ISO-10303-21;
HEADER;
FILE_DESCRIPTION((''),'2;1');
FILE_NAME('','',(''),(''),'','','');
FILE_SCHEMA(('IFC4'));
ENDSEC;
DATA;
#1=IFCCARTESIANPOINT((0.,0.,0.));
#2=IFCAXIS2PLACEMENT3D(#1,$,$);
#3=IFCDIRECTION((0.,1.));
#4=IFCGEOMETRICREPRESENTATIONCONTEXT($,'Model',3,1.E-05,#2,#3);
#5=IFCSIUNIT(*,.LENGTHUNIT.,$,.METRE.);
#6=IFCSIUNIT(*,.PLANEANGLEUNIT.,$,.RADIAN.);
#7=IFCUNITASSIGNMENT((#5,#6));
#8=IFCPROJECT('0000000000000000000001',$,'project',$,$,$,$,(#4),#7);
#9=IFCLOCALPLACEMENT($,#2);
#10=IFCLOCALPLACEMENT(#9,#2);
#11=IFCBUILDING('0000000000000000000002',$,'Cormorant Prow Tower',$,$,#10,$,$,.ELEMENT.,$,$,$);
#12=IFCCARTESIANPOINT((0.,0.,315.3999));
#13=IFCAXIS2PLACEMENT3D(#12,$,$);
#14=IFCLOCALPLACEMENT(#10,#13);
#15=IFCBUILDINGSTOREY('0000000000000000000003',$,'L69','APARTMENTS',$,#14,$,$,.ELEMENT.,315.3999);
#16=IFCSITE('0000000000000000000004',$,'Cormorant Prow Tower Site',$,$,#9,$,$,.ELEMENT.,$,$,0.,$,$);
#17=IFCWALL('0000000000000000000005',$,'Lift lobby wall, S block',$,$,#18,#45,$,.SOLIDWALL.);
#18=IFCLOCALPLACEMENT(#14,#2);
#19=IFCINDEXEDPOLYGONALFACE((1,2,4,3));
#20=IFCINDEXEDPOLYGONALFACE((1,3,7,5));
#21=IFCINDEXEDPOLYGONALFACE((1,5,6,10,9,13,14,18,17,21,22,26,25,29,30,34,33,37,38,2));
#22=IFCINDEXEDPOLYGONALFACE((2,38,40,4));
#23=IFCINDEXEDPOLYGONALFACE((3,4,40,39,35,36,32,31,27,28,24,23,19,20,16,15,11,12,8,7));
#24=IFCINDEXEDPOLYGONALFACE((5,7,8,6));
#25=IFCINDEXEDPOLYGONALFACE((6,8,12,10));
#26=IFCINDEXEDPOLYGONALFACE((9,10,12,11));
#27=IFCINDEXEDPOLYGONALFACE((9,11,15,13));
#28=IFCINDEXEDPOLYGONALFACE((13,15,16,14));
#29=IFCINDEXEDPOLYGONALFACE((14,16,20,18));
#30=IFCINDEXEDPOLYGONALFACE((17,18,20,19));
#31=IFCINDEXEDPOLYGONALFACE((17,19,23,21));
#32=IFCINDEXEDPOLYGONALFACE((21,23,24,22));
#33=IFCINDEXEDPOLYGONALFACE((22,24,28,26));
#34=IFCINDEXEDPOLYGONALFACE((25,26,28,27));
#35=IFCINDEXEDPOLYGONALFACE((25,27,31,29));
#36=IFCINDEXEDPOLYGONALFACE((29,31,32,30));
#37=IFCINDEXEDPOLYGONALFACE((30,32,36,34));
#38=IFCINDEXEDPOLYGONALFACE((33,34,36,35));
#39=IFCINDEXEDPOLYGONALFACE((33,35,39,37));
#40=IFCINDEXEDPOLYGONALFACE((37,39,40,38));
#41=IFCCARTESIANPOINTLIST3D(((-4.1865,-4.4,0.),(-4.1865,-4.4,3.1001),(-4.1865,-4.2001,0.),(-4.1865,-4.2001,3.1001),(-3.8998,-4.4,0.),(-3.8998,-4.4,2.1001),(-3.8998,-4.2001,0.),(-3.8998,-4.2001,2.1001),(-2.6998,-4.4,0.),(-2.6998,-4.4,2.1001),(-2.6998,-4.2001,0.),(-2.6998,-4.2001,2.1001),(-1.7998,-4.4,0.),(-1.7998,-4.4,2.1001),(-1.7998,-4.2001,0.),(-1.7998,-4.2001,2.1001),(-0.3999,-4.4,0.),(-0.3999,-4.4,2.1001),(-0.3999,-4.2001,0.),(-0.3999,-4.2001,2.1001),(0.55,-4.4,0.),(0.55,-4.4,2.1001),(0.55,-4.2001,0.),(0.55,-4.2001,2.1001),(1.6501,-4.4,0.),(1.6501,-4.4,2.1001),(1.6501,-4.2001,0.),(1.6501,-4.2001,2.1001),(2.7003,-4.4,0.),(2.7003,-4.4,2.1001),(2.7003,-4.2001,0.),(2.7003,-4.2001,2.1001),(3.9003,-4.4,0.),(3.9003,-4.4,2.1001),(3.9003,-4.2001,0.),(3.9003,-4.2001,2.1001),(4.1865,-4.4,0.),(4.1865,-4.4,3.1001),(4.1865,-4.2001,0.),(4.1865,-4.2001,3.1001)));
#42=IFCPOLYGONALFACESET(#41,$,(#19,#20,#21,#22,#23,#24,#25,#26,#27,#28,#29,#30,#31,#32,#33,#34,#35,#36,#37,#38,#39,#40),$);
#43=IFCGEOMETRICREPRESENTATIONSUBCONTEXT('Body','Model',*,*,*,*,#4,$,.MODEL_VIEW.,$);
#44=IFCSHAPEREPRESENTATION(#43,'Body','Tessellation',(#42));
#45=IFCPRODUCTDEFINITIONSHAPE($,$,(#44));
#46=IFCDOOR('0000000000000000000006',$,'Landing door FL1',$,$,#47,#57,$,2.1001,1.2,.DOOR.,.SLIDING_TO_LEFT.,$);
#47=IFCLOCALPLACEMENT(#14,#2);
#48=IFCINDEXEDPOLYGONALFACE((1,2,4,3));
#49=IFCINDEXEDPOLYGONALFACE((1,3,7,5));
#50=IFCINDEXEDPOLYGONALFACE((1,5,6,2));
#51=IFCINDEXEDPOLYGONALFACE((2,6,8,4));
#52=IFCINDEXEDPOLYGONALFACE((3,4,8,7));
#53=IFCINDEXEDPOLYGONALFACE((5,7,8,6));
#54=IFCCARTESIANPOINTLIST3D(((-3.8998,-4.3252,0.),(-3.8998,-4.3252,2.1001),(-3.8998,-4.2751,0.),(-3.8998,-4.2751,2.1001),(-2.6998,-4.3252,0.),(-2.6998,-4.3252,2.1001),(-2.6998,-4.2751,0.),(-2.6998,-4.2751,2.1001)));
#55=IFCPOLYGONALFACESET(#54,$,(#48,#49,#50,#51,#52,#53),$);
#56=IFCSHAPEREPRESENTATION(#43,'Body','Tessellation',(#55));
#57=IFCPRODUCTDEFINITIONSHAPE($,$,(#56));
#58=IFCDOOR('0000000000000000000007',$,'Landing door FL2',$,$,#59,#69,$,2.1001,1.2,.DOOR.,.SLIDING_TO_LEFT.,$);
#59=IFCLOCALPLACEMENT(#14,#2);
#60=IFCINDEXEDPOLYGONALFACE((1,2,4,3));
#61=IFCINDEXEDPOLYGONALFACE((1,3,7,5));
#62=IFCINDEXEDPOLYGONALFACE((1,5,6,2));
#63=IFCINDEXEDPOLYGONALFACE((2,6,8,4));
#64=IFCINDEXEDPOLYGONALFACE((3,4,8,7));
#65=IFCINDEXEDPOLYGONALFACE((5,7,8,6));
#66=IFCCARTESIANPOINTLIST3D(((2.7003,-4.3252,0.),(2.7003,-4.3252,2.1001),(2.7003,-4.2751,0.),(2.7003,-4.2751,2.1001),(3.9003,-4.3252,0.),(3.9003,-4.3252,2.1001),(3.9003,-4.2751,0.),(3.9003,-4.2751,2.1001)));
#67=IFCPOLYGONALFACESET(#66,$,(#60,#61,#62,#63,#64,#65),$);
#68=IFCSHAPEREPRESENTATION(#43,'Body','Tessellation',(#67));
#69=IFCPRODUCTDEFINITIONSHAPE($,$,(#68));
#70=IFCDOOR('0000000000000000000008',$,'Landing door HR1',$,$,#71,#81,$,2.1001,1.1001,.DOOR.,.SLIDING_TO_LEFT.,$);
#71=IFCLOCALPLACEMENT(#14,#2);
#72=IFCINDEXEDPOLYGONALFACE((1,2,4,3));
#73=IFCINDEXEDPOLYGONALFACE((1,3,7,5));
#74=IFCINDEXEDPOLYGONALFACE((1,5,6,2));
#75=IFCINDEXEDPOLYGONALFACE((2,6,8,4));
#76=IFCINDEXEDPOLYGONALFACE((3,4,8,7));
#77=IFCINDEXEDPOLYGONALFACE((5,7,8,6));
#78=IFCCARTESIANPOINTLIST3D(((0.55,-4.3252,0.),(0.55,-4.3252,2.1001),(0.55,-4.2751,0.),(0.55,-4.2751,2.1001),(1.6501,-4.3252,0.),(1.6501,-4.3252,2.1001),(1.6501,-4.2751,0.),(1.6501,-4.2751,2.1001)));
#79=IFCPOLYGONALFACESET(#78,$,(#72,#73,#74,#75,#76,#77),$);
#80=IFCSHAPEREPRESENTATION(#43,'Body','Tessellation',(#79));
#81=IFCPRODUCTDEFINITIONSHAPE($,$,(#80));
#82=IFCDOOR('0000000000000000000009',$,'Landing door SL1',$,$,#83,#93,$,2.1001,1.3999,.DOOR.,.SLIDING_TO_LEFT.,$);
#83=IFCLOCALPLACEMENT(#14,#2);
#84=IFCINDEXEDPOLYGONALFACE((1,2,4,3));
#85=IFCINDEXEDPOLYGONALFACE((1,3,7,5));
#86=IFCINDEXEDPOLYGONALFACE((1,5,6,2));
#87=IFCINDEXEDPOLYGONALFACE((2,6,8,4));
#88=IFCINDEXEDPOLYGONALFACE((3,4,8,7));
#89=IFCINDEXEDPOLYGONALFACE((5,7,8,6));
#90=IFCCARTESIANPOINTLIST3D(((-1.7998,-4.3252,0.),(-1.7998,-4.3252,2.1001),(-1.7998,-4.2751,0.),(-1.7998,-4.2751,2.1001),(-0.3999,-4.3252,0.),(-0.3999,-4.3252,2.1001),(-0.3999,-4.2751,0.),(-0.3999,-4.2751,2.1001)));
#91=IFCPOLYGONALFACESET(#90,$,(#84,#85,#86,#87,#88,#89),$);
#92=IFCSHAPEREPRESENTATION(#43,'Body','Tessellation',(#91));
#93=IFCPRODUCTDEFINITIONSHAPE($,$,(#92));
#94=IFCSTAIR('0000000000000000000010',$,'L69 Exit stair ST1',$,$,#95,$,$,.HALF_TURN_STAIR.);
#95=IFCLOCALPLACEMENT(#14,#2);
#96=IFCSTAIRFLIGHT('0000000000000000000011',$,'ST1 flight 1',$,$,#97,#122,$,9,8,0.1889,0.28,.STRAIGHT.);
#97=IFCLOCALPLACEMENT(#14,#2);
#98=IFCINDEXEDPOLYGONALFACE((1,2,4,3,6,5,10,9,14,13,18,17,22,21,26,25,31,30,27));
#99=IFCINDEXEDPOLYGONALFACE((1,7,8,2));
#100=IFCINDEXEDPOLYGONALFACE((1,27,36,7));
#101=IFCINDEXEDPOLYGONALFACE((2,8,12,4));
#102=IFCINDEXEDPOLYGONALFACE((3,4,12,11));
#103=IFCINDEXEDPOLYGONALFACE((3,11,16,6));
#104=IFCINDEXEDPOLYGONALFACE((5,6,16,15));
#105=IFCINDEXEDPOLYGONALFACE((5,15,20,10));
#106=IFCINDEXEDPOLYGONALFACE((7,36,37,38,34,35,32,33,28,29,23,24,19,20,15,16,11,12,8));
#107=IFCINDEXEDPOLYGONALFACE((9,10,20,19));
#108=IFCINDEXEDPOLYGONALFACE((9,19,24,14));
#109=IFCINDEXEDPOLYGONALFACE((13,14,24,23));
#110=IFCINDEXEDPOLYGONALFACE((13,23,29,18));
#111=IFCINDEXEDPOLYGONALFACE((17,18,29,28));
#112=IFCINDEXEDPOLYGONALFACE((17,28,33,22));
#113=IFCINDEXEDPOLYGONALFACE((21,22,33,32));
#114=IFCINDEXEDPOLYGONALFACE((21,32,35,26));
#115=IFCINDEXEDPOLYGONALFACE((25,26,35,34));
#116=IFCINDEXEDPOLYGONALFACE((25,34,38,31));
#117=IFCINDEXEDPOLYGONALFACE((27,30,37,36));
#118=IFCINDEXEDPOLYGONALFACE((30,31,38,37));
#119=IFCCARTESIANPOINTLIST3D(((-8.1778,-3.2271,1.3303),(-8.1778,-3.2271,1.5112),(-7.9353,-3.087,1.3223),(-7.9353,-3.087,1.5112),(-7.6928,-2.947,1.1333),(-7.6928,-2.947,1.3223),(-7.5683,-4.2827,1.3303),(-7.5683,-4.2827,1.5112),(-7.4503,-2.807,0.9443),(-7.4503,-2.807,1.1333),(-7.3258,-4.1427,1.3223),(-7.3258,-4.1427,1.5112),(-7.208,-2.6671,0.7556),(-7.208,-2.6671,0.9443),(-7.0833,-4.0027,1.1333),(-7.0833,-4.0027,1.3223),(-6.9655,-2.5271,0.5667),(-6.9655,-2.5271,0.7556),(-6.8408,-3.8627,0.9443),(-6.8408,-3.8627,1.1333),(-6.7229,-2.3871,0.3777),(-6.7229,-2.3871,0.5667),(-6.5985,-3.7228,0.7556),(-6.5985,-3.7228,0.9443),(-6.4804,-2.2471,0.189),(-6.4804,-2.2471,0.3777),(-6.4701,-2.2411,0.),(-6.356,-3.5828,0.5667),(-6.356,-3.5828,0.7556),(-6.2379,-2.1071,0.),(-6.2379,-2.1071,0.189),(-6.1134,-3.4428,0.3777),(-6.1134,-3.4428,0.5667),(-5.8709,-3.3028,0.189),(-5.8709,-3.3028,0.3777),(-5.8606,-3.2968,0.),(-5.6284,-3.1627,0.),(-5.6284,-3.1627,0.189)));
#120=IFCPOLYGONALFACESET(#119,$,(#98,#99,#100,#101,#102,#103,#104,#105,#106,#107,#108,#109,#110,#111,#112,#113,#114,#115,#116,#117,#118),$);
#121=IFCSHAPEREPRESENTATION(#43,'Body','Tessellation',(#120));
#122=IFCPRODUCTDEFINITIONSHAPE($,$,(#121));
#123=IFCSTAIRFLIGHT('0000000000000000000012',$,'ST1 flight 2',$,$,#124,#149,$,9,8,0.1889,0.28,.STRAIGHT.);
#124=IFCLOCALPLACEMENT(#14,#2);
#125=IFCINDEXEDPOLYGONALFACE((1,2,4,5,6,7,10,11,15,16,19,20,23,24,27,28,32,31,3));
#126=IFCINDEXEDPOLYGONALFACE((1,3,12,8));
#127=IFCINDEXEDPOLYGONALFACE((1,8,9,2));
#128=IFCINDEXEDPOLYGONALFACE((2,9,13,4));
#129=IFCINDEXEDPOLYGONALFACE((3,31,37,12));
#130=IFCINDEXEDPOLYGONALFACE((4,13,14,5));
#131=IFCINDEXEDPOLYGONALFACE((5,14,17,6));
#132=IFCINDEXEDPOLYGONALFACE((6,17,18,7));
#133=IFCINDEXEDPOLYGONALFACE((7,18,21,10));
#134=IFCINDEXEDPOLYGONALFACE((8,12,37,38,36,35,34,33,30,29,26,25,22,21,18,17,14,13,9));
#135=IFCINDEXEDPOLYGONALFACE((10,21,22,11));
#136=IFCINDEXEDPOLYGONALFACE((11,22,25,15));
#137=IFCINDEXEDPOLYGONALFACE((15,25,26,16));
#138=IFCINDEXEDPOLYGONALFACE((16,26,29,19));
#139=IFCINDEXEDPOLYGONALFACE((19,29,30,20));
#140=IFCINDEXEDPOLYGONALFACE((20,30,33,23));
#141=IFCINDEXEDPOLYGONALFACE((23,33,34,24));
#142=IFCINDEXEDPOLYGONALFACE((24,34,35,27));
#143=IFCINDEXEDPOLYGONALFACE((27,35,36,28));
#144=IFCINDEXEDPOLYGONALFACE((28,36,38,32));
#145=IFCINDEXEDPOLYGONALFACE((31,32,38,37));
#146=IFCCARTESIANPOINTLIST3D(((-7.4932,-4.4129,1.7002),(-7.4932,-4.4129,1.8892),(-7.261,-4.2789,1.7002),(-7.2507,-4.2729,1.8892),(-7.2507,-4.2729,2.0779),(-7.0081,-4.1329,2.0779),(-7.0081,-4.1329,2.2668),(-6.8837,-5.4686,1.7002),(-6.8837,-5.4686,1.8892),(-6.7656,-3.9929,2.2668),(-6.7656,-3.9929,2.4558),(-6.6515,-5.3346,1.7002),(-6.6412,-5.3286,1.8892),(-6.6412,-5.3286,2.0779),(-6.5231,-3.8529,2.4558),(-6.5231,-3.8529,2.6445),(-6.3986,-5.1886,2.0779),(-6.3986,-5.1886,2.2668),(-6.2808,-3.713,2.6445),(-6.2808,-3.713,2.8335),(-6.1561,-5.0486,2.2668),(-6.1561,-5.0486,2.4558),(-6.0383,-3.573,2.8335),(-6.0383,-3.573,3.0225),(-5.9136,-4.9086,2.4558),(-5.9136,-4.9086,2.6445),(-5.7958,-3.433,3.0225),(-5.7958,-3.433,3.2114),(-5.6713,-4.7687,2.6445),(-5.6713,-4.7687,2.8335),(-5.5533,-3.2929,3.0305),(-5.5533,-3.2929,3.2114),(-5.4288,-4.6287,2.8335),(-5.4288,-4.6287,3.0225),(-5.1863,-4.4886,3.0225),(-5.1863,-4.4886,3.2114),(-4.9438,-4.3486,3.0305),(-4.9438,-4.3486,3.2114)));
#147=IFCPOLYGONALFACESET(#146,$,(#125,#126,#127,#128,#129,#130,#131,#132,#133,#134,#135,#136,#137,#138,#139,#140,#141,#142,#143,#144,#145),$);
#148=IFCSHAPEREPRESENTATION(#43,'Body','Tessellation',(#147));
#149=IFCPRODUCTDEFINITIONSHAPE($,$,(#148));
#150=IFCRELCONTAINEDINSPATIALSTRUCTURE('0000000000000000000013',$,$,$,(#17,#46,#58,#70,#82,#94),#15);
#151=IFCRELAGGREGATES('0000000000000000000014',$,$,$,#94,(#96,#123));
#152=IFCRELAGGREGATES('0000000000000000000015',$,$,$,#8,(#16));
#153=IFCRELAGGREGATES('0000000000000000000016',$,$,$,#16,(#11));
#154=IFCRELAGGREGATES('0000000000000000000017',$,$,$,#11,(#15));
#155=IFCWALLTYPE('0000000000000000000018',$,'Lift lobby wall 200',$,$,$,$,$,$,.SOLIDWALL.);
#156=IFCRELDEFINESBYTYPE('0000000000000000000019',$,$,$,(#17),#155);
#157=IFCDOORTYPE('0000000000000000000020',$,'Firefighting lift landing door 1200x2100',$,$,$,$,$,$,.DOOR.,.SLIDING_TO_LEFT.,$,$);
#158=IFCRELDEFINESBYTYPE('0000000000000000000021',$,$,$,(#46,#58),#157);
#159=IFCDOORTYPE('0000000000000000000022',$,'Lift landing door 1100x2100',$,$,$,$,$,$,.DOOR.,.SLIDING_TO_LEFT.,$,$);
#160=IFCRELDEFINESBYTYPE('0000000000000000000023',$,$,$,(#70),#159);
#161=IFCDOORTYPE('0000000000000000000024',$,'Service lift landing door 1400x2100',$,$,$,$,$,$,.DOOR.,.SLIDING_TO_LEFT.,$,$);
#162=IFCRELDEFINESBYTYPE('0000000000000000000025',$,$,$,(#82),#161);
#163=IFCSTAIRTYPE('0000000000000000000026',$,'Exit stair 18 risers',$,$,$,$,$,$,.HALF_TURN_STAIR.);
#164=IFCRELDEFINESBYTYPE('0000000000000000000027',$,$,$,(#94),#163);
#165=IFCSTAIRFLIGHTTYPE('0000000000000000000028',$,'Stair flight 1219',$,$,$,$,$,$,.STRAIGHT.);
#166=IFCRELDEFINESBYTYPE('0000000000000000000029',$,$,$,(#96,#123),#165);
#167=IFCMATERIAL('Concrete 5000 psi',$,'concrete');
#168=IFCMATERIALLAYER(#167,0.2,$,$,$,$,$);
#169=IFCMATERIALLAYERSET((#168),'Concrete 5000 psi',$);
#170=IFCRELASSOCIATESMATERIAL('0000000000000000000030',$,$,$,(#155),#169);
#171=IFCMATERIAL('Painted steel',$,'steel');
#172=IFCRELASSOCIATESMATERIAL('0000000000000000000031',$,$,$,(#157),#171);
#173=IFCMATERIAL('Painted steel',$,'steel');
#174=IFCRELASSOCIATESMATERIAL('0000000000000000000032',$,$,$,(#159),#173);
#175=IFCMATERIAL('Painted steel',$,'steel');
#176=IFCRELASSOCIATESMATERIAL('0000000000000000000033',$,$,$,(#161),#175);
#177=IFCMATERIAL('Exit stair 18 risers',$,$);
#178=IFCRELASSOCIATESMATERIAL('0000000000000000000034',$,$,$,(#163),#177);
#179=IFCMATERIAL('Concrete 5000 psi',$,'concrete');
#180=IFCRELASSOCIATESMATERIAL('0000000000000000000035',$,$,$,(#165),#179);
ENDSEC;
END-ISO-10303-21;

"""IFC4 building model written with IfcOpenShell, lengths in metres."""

from ifc_helpers import new_model, si_unit, direction, frame, frame_2d, origin, place, context, subcontext, project, spatial, polyline, rectangle, outline, extrude, material, layer, layer_set, type_object, element, fill, aggregate, save


model = new_model("IFC4")

# Units and contexts
model_context = context("Model", 3, precision=1e-05, world=origin(), true_north=direction((0.0, 1.0)))
body_context = subcontext(model_context, "Body", "Model", "MODEL_VIEW")
ifc_project = project(units=[si_unit("LENGTHUNIT", "METRE"), si_unit("PLANEANGLEUNIT", "RADIAN")], contexts=[model_context])

# Site, building, storey
site_placement = place(None, origin())
site = spatial("IfcSite", under=ifc_project, at=site_placement, Name="Cormorant Prow Tower Site", CompositionType="ELEMENT", RefElevation=0.0)
building_placement = place(site_placement, origin())
building = spatial("IfcBuilding", under=site, at=building_placement, Name="Cormorant Prow Tower", CompositionType="ELEMENT")
storey_placement = place(building_placement, frame((0.0, 0.0, 315.3999)))
storey = spatial("IfcBuildingStorey", under=building, at=storey_placement, Name="L69", Description="APARTMENTS", CompositionType="ELEMENT", Elevation=315.3999)

# Wall, openings, doors
ifc_material_1 = material(Name="Concrete 5000 psi", Category="concrete")
ifc_layer_1 = layer(ifc_material_1, 0.2)
ifc_layer_set_1 = layer_set([ifc_layer_1], Name="Concrete 5000 psi")
wall_type_1 = type_object("IfcWallType", Name="Lift lobby wall 200", PredefinedType="SOLIDWALL", material=ifc_layer_set_1)
wall_1_placement = place(storey_placement, frame((-4.1865, -4.3, 0.0), z_axis=(0.0, 0.0, 1.0), x_axis=(1.0, 0.0, 0.0)))
wall_1 = element("IfcWall", 1, at=wall_1_placement, inside=storey, type_object=wall_type_1, Name="Lift lobby wall, S block", PredefinedType="SOLIDWALL", context=body_context, shape_type="SweptSolid", body=[
    extrude(rectangle(XDim=8.373, YDim=0.2, at=frame_2d((4.1865, 0.0))), origin(), (0.0, 0.0, 1.0), 3.1001),
])
opening_1_placement = place(wall_1_placement, frame((0.2866, 0.0, 0.0)))
opening_1 = element("IfcOpeningElement", 2, at=opening_1_placement, cuts=wall_1, PredefinedType="OPENING", context=body_context, shape_type="SweptSolid", body=[
    extrude(rectangle(XDim=1.2, YDim=2.1001, at=frame_2d((0.6001, 1.05))), frame((0.0, 0.1099, 0.0), z_axis=(0.0, -1.0, 0.0), x_axis=(1.0, 0.0, 0.0)), (0.0, 0.0, 1.0), 0.22),
])
opening_2_placement = place(wall_1_placement, frame((2.3867, 0.0, 0.0)))
opening_2 = element("IfcOpeningElement", 3, at=opening_2_placement, cuts=wall_1, PredefinedType="OPENING", context=body_context, shape_type="SweptSolid", body=[
    extrude(rectangle(XDim=1.3999, YDim=2.1001, at=frame_2d((0.7, 1.05))), frame((0.0, 0.1099, 0.0), z_axis=(0.0, -1.0, 0.0), x_axis=(1.0, 0.0, 0.0)), (0.0, 0.0, 1.0), 0.22),
])
opening_3_placement = place(wall_1_placement, frame((4.7366, 0.0, 0.0)))
opening_3 = element("IfcOpeningElement", 4, at=opening_3_placement, cuts=wall_1, PredefinedType="OPENING", context=body_context, shape_type="SweptSolid", body=[
    extrude(rectangle(XDim=1.1001, YDim=2.1001, at=frame_2d((0.55, 1.05))), frame((0.0, 0.1099, 0.0), z_axis=(0.0, -1.0, 0.0), x_axis=(1.0, 0.0, 0.0)), (0.0, 0.0, 1.0), 0.22),
])
opening_4_placement = place(wall_1_placement, frame((6.8867, 0.0, 0.0)))
opening_4 = element("IfcOpeningElement", 5, at=opening_4_placement, cuts=wall_1, PredefinedType="OPENING", context=body_context, shape_type="SweptSolid", body=[
    extrude(rectangle(XDim=1.2, YDim=2.1001, at=frame_2d((0.6001, 1.05))), frame((0.0, 0.1099, 0.0), z_axis=(0.0, -1.0, 0.0), x_axis=(1.0, 0.0, 0.0)), (0.0, 0.0, 1.0), 0.22),
])
ifc_material_2 = material(Name="Painted steel", Category="steel")
door_type_1 = type_object("IfcDoorType", Name="Firefighting lift landing door 1200x2100", OperationType="SLIDING_TO_LEFT", PredefinedType="DOOR", material=ifc_material_2)
door_1_placement = place(opening_1_placement, origin())
door_1 = element("IfcDoor", 6, at=door_1_placement, inside=storey, type_object=door_type_1, Name="Landing door FL1", OperationType="SLIDING_TO_LEFT", OverallHeight=2.1001, OverallWidth=1.2, PredefinedType="DOOR", context=body_context, shape_type="SweptSolid", body=[
    extrude(rectangle(XDim=1.2, YDim=2.1001, at=frame_2d((0.6001, 1.05))), frame((0.0, 0.0249, 0.0), z_axis=(0.0, -1.0, 0.0), x_axis=(1.0, 0.0, 0.0)), (0.0, 0.0, 1.0), 0.05),
])
fill(opening_1, door_1)
door_2_placement = place(opening_4_placement, origin())
door_2 = element("IfcDoor", 7, at=door_2_placement, inside=storey, type_object=door_type_1, Name="Landing door FL2", OperationType="SLIDING_TO_LEFT", OverallHeight=2.1001, OverallWidth=1.2, PredefinedType="DOOR", context=body_context, shape_type="SweptSolid", body=[
    extrude(rectangle(XDim=1.2, YDim=2.1001, at=frame_2d((0.6001, 1.05))), frame((0.0, 0.0249, 0.0), z_axis=(0.0, -1.0, 0.0), x_axis=(1.0, 0.0, 0.0)), (0.0, 0.0, 1.0), 0.05),
])
fill(opening_4, door_2)
ifc_material_3 = material(Name="Painted steel", Category="steel")
door_type_2 = type_object("IfcDoorType", Name="Lift landing door 1100x2100", OperationType="SLIDING_TO_LEFT", PredefinedType="DOOR", material=ifc_material_3)
door_3_placement = place(opening_3_placement, origin())
door_3 = element("IfcDoor", 8, at=door_3_placement, inside=storey, type_object=door_type_2, Name="Landing door HR1", OperationType="SLIDING_TO_LEFT", OverallHeight=2.1001, OverallWidth=1.1001, PredefinedType="DOOR", context=body_context, shape_type="SweptSolid", body=[
    extrude(rectangle(XDim=1.1001, YDim=2.1001, at=frame_2d((0.55, 1.05))), frame((0.0, 0.0249, 0.0), z_axis=(0.0, -1.0, 0.0), x_axis=(1.0, 0.0, 0.0)), (0.0, 0.0, 1.0), 0.05),
])
fill(opening_3, door_3)
ifc_material_4 = material(Name="Painted steel", Category="steel")
door_type_3 = type_object("IfcDoorType", Name="Service lift landing door 1400x2100", OperationType="SLIDING_TO_LEFT", PredefinedType="DOOR", material=ifc_material_4)
door_4_placement = place(opening_2_placement, origin())
door_4 = element("IfcDoor", 9, at=door_4_placement, inside=storey, type_object=door_type_3, Name="Landing door SL1", OperationType="SLIDING_TO_LEFT", OverallHeight=2.1001, OverallWidth=1.3999, PredefinedType="DOOR", context=body_context, shape_type="SweptSolid", body=[
    extrude(rectangle(XDim=1.3999, YDim=2.1001, at=frame_2d((0.7, 1.05))), frame((0.0, 0.0249, 0.0), z_axis=(0.0, -1.0, 0.0), x_axis=(1.0, 0.0, 0.0)), (0.0, 0.0, 1.0), 0.05),
])
fill(opening_2, door_4)

# Stair, stair flights
ifc_material_5 = material(Name="Exit stair 18 risers")
stair_type = type_object("IfcStairType", Name="Exit stair 18 risers", PredefinedType="HALF_TURN_STAIR", material=ifc_material_5)
stair_placement = place(storey_placement, origin())
stair = element("IfcStair", 10, at=stair_placement, inside=storey, type_object=stair_type, Name="L69 Exit stair ST1", PredefinedType="HALF_TURN_STAIR")
ifc_material_6 = material(Name="Concrete 5000 psi", Category="concrete")
stair_flight_type = type_object("IfcStairFlightType", Name="Stair flight 1219", PredefinedType="STRAIGHT", material=ifc_material_6)
stair_flight_1_placement = place(storey_placement, frame((-5.9331, -2.635, 0.0), z_axis=(0.0, 0.0, 1.0), x_axis=(-0.866025, -0.5, 0.0)))
stair_flight_1 = element("IfcStairFlight", 11, at=stair_flight_1_placement, type_object=stair_flight_type, Name="ST1 flight 1", NumberOfRisers=9, NumberOfTreads=8, PredefinedType="STRAIGHT", RiserHeight=0.1889, TreadLength=0.28, context=body_context, shape_type="SweptSolid", body=[
    extrude(outline(polyline([(0.0, 0.0), (0.0, 0.189), (0.28, 0.189), (0.28, 0.3777), (0.5601, 0.3777), (0.5601, 0.5667), (0.8401, 0.5667), (0.8401, 0.7556), (1.1201, 0.7556), (1.1201, 0.9443), (1.3999, 0.9443), (1.3999, 1.1333), (1.6799, 1.1333), (1.6799, 1.3223), (1.96, 1.3223), (1.96, 1.5112), (2.24, 1.5112), (2.24, 1.7), (2.24, 1.3303), (0.2681, 0.0), (0.0, 0.0)])), frame((0.0, 0.6094, 0.0), z_axis=(0.0, -1.0, 0.0), x_axis=(1.0, 0.0, 0.0)), (0.0, 0.0, 1.0), 1.219),
])
stair_flight_2_placement = place(storey_placement, frame((-7.1885, -4.9407, 1.7002), z_axis=(0.0, 0.0, 1.0), x_axis=(0.866025, 0.5, 0.0)))
stair_flight_2 = element("IfcStairFlight", 12, at=stair_flight_2_placement, type_object=stair_flight_type, Name="ST1 flight 2", NumberOfRisers=9, NumberOfTreads=8, PredefinedType="STRAIGHT", RiserHeight=0.1889, TreadLength=0.28, context=body_context, shape_type="SweptSolid", body=[
    extrude(outline(polyline([(0.0, 0.0), (0.0, 0.189), (0.28, 0.189), (0.28, 0.3777), (0.5601, 0.3777), (0.5601, 0.5667), (0.8401, 0.5667), (0.8401, 0.7556), (1.1201, 0.7556), (1.1201, 0.9443), (1.3999, 0.9443), (1.3999, 1.1333), (1.6799, 1.1333), (1.6799, 1.3223), (1.96, 1.3223), (1.96, 1.5112), (2.24, 1.5112), (2.24, 1.7), (2.24, 1.3303), (0.2681, 0.0), (0.0, 0.0)])), frame((0.0, 0.6094, 0.0), z_axis=(0.0, -1.0, 0.0), x_axis=(1.0, 0.0, 0.0)), (0.0, 0.0, 1.0), 1.219),
])
aggregate(stair, [stair_flight_1, stair_flight_2])

save(model, "model.ifc")
